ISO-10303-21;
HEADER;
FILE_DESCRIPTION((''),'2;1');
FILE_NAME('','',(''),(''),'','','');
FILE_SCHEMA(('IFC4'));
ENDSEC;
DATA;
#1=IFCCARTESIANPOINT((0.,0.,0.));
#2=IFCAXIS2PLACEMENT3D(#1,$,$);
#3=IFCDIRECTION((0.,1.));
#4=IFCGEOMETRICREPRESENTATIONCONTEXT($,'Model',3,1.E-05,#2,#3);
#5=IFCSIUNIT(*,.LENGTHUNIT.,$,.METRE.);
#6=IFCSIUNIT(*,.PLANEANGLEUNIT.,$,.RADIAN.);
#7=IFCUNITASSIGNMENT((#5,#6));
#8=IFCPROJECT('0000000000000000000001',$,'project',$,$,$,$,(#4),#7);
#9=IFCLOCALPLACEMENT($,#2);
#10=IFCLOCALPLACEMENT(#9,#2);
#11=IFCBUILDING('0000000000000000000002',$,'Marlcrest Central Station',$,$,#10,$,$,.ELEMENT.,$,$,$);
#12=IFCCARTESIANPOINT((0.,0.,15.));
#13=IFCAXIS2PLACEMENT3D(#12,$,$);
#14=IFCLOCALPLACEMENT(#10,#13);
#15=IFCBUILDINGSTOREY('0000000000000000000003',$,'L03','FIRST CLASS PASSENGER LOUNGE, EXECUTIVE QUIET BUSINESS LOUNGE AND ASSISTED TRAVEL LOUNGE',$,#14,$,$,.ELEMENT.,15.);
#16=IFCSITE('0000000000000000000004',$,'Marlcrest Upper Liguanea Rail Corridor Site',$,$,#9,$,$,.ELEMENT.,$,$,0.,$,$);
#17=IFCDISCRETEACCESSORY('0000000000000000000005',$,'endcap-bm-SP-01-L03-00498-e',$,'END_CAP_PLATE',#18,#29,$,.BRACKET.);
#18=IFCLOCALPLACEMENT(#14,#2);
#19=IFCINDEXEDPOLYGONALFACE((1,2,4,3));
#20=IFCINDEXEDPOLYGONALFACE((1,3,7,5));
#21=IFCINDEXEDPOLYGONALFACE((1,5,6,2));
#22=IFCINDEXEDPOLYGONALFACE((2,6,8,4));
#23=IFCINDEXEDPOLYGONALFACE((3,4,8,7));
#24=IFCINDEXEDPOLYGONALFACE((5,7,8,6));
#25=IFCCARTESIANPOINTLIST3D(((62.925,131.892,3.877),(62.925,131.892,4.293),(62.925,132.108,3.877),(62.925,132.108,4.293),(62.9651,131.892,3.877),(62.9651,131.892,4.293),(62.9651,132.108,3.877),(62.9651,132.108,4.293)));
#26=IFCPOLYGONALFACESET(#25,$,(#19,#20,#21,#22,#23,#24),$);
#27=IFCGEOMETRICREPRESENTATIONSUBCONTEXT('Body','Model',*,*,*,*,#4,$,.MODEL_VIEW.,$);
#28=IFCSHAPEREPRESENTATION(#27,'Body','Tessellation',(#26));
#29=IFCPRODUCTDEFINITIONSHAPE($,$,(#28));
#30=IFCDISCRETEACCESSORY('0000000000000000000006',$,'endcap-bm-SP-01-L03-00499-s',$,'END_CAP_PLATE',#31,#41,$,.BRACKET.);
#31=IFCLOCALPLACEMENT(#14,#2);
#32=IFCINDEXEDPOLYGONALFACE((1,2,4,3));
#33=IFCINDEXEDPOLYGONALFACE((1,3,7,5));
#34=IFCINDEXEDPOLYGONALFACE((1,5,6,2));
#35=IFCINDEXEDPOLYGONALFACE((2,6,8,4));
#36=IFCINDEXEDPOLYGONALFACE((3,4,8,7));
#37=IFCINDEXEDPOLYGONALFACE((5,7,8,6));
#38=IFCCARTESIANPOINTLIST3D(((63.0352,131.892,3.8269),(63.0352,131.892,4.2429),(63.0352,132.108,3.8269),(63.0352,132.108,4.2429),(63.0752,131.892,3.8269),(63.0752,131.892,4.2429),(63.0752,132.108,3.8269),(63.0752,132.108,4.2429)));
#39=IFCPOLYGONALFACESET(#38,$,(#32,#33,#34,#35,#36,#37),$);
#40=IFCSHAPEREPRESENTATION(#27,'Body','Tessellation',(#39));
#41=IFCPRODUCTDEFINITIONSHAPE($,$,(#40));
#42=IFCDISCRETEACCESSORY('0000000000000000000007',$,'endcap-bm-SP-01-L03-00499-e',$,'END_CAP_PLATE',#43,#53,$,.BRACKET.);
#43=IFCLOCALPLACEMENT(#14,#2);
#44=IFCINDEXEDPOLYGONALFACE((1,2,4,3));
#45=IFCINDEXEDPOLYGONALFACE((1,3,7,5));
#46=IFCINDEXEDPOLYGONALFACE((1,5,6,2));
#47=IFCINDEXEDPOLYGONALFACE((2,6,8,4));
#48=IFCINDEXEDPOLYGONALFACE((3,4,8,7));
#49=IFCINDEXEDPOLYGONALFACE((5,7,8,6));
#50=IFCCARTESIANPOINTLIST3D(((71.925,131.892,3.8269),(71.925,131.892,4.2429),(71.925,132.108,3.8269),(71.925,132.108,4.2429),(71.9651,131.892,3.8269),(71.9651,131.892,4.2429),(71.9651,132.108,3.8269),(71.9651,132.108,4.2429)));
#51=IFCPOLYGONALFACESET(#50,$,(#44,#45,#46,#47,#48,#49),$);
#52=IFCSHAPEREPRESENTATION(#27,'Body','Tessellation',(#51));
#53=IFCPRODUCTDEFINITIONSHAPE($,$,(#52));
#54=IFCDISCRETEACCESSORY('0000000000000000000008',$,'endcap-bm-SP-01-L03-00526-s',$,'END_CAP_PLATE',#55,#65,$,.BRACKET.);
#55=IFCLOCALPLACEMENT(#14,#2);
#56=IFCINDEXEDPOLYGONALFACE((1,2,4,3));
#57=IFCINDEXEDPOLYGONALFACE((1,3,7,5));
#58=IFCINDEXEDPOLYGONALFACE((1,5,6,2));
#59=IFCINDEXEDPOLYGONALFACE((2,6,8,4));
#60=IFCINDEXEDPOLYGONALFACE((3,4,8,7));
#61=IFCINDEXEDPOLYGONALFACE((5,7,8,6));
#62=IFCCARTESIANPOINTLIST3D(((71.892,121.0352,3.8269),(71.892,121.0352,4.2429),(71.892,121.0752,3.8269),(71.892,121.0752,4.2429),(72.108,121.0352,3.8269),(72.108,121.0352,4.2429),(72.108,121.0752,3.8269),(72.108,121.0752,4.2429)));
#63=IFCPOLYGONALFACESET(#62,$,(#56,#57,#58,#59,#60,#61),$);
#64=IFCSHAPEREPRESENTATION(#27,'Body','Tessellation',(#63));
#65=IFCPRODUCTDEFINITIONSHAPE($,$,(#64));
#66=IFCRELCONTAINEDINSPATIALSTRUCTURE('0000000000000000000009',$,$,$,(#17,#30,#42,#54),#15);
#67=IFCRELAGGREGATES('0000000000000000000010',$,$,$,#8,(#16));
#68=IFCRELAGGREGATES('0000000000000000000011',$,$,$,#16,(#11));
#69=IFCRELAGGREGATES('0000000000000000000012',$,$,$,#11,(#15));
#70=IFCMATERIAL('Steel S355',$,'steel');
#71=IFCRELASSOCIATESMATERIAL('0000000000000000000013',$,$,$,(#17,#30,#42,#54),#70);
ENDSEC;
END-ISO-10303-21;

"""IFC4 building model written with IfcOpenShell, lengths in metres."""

from ifc_helpers import new_model, si_unit, direction, frame, origin, origin_2d, place, context, subcontext, project, spatial, rectangle, extrude, material, element, save


model = new_model("IFC4")

# Units and contexts
model_context = context("Model", 3, precision=1e-05, world=origin(), true_north=direction((0.0, 1.0)))
body_context = subcontext(model_context, "Body", "Model", "MODEL_VIEW")
ifc_project = project(units=[si_unit("LENGTHUNIT", "METRE"), si_unit("PLANEANGLEUNIT", "RADIAN")], contexts=[model_context])

# Site, building, storey
site_placement = place(None, origin())
site = spatial("IfcSite", under=ifc_project, at=site_placement, Name="Marlcrest Upper Liguanea Rail Corridor Site", CompositionType="ELEMENT", RefElevation=0.0)
building_placement = place(site_placement, origin())
building = spatial("IfcBuilding", under=site, at=building_placement, Name="Marlcrest Central Station", CompositionType="ELEMENT")
storey_placement = place(building_placement, frame((0.0, 0.0, 15.0)))
storey = spatial("IfcBuildingStorey", under=building, at=storey_placement, Name="L03", Description="FIRST CLASS PASSENGER LOUNGE, EXECUTIVE QUIET BUSINESS LOUNGE AND ASSISTED TRAVEL LOUNGE", CompositionType="ELEMENT", Elevation=15.0)

# Shared definitions
ifc_material_1 = material(Name="Steel S355", Category="steel")

# Discrete accessories
for number, where, z_axis, x_axis, name in (
    (1, (62.925, 132.0, 4.085), (1.0, 0.0, 0.0), (0.0, 1.0, 0.0), "endcap-bm-SP-01-L03-00498-e"),
    (2, (63.0352, 132.0, 4.0349), (1.0, 0.0, 0.0), (0.0, 1.0, 0.0), "endcap-bm-SP-01-L03-00499-s"),
    (3, (71.925, 132.0, 4.0349), (1.0, 0.0, 0.0), (0.0, 1.0, 0.0), "endcap-bm-SP-01-L03-00499-e"),
    (4, (72.0, 121.0352, 4.0349), (0.0, 1.0, 0.0), (-1.0, 0.0, 0.0), "endcap-bm-SP-01-L03-00526-s"),
):
    element("IfcDiscreteAccessory", number, at=place(storey_placement, frame(where, z_axis=z_axis, x_axis=x_axis)), inside=storey, material=ifc_material_1, Name=name, ObjectType="END_CAP_PLATE", PredefinedType="BRACKET", context=body_context, shape_type="SweptSolid", body=[
        extrude(rectangle(XDim=0.2161, YDim=0.416, at=origin_2d()), origin(), (0.0, 0.0, 1.0), 0.04),
    ])

save(model, "model.ifc")
